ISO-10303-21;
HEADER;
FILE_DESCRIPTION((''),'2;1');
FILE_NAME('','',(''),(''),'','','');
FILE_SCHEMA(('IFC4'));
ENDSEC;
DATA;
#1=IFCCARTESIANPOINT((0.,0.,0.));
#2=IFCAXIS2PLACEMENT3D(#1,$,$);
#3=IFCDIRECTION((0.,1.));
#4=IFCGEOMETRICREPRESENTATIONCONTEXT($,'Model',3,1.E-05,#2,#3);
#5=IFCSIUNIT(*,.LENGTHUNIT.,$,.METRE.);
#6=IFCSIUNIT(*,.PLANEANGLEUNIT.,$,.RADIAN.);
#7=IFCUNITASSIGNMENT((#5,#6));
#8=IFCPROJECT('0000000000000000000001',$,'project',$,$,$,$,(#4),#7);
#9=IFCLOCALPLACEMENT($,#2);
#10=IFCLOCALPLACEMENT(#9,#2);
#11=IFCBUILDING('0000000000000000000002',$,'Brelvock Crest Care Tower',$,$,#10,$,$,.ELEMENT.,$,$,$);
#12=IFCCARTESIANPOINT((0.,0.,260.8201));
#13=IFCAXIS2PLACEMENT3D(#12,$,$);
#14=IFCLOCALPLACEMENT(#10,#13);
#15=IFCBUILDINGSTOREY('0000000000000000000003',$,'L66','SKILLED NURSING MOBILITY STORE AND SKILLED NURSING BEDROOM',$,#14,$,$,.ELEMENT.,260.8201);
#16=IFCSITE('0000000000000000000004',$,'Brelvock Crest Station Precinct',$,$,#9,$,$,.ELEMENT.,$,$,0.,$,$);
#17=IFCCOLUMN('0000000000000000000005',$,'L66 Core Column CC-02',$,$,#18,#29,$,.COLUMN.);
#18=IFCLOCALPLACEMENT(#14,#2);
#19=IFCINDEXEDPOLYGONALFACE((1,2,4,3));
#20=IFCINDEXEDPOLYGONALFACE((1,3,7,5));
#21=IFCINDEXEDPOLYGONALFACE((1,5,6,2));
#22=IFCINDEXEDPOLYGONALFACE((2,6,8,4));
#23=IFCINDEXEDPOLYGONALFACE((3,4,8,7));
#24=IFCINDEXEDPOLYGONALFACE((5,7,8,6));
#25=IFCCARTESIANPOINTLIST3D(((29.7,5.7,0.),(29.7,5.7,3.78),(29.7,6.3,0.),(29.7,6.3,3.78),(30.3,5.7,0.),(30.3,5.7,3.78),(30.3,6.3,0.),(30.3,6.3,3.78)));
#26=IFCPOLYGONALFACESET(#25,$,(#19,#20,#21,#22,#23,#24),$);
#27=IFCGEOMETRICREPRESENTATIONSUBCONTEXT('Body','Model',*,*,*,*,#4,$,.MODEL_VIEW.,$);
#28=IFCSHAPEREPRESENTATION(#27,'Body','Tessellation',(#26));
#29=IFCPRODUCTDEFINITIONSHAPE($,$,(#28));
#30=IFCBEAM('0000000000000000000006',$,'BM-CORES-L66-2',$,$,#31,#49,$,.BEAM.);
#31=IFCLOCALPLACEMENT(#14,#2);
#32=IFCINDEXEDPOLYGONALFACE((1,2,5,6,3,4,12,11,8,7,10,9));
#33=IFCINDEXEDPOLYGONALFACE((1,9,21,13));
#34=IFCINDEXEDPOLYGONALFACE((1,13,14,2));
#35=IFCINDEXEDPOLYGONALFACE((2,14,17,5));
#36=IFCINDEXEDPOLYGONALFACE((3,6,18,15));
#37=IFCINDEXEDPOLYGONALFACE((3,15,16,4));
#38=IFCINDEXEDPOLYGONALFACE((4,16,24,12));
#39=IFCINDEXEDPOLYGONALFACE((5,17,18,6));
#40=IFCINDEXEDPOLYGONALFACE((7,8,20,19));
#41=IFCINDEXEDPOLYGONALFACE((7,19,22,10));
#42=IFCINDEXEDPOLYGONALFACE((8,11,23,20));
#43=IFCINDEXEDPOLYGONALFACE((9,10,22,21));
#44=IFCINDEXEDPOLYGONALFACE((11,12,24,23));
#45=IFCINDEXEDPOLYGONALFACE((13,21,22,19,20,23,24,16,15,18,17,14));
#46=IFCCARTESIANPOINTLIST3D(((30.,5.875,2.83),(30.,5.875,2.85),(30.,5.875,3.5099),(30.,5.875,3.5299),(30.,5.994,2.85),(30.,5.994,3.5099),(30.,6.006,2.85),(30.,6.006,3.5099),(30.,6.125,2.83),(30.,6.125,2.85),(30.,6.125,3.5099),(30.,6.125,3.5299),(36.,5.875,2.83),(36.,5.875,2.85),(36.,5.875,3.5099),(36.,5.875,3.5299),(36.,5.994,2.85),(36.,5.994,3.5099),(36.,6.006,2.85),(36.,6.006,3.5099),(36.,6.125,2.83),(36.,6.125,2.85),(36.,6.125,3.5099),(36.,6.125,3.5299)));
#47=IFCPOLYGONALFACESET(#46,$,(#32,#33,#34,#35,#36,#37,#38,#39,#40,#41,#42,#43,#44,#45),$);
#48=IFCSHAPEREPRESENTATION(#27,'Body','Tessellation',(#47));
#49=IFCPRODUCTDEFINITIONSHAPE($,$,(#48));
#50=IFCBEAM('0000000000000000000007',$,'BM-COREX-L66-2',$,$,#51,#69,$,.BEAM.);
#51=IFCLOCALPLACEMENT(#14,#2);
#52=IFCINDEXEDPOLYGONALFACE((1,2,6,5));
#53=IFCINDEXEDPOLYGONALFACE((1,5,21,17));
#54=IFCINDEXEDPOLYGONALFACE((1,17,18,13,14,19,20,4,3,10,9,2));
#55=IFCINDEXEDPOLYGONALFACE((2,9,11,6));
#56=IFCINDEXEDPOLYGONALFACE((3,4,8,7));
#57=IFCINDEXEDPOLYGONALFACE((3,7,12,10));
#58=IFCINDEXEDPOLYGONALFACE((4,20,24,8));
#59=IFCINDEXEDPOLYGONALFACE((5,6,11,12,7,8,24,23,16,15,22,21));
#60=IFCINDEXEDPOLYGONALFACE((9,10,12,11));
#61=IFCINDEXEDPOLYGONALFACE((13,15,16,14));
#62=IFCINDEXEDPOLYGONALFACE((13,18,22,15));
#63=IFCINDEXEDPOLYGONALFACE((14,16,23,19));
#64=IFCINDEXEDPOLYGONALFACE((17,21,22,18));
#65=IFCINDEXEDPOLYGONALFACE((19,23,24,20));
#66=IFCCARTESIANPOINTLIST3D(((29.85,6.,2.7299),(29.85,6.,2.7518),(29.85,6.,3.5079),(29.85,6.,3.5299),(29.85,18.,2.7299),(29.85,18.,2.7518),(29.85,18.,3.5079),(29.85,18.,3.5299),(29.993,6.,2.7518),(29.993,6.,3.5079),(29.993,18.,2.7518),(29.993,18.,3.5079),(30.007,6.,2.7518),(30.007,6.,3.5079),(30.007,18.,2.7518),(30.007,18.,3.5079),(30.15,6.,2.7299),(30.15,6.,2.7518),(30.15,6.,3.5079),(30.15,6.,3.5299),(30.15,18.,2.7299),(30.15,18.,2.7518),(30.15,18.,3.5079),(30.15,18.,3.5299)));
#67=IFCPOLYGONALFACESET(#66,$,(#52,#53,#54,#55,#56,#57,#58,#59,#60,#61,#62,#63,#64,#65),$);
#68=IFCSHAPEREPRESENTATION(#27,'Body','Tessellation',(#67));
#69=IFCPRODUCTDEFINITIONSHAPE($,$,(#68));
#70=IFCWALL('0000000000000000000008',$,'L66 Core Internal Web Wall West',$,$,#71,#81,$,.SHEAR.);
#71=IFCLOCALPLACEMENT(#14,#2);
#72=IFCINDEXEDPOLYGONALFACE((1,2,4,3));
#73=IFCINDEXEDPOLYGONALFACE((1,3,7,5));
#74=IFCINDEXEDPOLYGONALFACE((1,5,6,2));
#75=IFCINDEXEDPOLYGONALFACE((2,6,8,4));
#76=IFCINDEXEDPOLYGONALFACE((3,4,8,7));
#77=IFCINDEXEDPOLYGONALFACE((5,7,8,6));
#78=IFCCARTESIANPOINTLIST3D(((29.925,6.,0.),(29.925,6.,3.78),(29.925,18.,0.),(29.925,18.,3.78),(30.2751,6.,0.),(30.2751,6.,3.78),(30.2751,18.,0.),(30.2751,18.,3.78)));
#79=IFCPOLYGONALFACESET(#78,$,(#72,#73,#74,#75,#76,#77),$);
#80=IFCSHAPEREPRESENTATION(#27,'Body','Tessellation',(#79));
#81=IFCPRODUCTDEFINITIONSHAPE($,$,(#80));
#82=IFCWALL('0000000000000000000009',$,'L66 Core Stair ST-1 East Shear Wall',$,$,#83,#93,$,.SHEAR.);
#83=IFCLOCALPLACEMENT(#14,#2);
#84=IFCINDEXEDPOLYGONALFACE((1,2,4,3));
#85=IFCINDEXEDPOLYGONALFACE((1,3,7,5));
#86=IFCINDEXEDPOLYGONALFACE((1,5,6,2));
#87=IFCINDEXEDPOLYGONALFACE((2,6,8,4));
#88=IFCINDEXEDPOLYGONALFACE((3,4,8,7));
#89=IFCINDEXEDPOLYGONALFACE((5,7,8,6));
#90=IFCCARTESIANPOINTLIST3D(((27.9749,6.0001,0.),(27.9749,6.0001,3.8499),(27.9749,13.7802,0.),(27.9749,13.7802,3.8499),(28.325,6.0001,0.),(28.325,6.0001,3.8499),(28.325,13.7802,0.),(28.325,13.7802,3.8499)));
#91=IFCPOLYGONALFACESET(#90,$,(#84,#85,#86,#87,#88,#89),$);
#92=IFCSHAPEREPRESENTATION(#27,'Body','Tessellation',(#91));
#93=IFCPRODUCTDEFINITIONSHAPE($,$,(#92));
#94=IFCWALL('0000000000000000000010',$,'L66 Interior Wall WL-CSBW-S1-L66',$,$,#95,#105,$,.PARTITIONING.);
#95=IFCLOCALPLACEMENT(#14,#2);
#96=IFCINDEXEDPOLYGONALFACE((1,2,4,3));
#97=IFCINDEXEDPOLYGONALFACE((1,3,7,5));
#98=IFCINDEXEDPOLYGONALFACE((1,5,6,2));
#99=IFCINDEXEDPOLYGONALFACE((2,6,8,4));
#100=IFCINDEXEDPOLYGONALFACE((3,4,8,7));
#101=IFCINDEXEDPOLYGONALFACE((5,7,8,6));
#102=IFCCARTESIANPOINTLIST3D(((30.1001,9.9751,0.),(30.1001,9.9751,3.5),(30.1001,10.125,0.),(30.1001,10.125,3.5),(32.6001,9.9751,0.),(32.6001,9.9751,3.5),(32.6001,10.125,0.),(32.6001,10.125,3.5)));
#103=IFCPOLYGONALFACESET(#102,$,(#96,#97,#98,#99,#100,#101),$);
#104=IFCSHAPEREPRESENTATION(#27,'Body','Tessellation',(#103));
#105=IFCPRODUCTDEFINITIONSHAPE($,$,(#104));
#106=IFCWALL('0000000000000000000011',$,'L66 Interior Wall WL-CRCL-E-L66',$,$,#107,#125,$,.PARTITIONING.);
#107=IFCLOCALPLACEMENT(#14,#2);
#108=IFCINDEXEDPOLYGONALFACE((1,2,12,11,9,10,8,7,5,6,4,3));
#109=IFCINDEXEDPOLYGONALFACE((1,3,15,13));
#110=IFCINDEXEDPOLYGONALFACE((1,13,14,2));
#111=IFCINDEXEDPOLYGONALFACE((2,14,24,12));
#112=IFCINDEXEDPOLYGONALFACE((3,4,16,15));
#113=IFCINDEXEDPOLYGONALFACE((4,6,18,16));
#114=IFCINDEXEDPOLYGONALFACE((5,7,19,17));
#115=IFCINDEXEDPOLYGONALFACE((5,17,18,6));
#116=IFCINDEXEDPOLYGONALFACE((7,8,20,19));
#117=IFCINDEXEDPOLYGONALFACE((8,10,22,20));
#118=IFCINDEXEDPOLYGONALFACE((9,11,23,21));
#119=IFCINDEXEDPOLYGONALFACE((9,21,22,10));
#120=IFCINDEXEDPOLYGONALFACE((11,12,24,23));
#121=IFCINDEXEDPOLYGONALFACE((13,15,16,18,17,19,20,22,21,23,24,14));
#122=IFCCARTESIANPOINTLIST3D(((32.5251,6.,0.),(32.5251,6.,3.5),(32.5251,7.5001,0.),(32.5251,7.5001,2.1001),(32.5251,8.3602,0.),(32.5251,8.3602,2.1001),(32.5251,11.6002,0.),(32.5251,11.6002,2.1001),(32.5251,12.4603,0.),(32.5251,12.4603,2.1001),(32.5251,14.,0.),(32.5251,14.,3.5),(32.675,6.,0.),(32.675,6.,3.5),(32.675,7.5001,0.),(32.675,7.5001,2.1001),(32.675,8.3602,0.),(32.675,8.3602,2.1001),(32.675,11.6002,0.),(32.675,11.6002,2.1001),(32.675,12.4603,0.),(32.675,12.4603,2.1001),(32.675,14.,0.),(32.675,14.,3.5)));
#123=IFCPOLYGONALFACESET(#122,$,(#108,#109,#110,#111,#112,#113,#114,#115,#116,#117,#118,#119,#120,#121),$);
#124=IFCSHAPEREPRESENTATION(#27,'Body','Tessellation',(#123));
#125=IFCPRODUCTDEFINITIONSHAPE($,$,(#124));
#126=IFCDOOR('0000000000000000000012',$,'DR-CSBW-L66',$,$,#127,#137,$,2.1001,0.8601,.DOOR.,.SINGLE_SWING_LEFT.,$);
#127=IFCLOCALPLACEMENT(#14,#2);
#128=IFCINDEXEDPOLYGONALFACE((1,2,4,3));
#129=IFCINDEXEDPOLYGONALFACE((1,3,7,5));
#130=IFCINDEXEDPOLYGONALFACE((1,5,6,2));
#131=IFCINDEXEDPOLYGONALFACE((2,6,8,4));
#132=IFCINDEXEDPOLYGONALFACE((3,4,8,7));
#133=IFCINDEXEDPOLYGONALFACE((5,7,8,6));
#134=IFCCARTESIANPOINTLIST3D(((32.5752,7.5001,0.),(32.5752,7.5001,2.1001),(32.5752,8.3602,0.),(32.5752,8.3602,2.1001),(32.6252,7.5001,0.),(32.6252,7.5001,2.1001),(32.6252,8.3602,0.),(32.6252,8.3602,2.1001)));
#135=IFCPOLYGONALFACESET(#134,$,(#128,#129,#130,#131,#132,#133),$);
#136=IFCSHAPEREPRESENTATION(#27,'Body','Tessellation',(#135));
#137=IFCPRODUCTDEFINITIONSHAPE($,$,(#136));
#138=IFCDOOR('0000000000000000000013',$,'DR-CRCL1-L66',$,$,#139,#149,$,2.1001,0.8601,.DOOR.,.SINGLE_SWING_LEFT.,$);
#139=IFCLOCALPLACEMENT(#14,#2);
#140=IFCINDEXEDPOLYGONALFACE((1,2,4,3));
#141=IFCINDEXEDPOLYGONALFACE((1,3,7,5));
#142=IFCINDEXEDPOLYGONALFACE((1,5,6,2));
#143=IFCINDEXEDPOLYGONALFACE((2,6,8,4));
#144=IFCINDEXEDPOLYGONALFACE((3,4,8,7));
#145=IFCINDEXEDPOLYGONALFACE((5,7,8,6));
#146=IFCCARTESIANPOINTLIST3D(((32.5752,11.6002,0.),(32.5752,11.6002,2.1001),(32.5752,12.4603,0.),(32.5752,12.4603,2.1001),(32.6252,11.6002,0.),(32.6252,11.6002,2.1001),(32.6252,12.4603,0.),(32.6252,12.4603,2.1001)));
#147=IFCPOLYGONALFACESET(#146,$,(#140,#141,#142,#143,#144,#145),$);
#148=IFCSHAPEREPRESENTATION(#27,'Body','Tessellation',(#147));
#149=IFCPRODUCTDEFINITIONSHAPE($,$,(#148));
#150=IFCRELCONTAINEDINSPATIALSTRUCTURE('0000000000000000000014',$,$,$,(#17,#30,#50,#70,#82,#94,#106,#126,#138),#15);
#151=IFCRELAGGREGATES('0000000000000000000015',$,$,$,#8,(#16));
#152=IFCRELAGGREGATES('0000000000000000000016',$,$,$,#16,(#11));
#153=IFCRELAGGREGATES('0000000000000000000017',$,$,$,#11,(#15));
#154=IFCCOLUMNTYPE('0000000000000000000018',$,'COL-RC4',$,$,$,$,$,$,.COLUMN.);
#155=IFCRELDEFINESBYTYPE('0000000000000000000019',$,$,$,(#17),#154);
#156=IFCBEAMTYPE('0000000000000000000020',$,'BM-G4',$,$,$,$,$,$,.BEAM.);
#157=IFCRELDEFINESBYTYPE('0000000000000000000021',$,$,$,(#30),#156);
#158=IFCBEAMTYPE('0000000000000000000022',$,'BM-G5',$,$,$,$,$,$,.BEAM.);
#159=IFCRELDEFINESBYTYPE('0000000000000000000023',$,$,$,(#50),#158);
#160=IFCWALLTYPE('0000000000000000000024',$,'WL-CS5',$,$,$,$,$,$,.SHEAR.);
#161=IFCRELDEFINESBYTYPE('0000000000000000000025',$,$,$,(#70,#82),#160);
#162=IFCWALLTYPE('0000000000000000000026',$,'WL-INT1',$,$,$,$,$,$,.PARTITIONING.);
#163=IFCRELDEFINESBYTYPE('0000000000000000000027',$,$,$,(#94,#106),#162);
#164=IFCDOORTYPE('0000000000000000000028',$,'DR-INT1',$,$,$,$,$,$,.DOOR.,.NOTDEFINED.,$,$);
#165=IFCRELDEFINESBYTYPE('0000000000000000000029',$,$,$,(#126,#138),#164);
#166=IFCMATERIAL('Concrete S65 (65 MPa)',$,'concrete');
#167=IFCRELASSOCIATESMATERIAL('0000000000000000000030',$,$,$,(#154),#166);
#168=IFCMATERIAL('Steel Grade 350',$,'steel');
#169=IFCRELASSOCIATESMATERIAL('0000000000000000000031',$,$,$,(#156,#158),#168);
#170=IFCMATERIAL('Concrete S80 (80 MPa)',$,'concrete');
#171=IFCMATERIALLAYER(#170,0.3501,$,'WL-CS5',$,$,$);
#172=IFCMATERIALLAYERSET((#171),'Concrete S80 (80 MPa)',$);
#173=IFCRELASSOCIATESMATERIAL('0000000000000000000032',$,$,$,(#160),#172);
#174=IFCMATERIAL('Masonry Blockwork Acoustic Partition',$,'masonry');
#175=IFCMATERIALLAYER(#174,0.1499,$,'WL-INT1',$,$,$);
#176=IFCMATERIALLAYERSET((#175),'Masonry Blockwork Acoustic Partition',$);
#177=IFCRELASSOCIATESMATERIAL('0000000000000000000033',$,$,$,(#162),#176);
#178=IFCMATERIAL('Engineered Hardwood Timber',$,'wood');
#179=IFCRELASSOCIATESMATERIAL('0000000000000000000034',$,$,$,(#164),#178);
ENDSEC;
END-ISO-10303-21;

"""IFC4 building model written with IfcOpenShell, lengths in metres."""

from ifc_helpers import new_model, si_unit, direction, frame, frame_2d, origin, origin_2d, place, context, subcontext, project, spatial, rectangle, i_section, extrude, source, transform, mapped, material, layer, layer_set, material_profile, profile_set, type_object, element, fill, save


model = new_model("IFC4")

# Units and contexts
model_context = context("Model", 3, precision=1e-05, world=origin(), true_north=direction((0.0, 1.0)))
body_context = subcontext(model_context, "Body", "Model", "MODEL_VIEW")
ifc_project = project(units=[si_unit("LENGTHUNIT", "METRE"), si_unit("PLANEANGLEUNIT", "RADIAN")], contexts=[model_context])

# Site, building, storey
site_placement = place(None, origin())
site = spatial("IfcSite", under=ifc_project, at=site_placement, Name="Brelvock Crest Station Precinct", CompositionType="ELEMENT", RefElevation=0.0)
building_placement = place(site_placement, origin())
building = spatial("IfcBuilding", under=site, at=building_placement, Name="Brelvock Crest Care Tower", CompositionType="ELEMENT")
storey_placement = place(building_placement, frame((0.0, 0.0, 260.8201)))
storey = spatial("IfcBuildingStorey", under=building, at=storey_placement, Name="L66", Description="SKILLED NURSING MOBILITY STORE AND SKILLED NURSING BEDROOM", CompositionType="ELEMENT", Elevation=260.8201)

# Column
ifc_material_1 = material(Name="Concrete S65 (65 MPa)", Category="concrete")
ifc_material_profile_1 = material_profile(ifc_material_1, rectangle(XDim=0.6001, YDim=0.6001, at=origin_2d()), Name="RC600x600")
ifc_profile_set_1 = profile_set([ifc_material_profile_1], Name="Concrete S65 (65 MPa)")
column_type = type_object("IfcColumnType", Name="COL-RC4", PredefinedType="COLUMN", material=ifc_profile_set_1)
shared_shape_1 = source(origin(), body_context, "Body", "SweptSolid", [
    extrude(rectangle(XDim=0.6001, YDim=0.6001, at=origin_2d()), origin(), (0.0, 0.0, 1.0), 3.78),
])
column_placement = place(storey_placement, frame((30.0, 6.0, 0.0), z_axis=(0.0, 0.0, 1.0), x_axis=(1.0, 0.0, 0.0)))
element("IfcColumn", 1, at=column_placement, inside=storey, type_object=column_type, Name="L66 Core Column CC-02", PredefinedType="COLUMN", context=body_context, shape_type="MappedRepresentation", body=[
    mapped(shared_shape_1, transform((0.0, 0.0, 0.0), x_axis=(1.0, 0.0, 0.0), y_axis=(0.0, 1.0, 0.0), z_axis=(0.0, 0.0, 1.0), scale=1.0)),
])

# Beams
ifc_material_2 = material(Name="Steel Grade 350", Category="steel")
ifc_material_profile_2 = material_profile(ifc_material_2, i_section(OverallWidth=0.25, OverallDepth=0.7, WebThickness=0.012, FlangeThickness=0.02, at=origin_2d()), Name="700WB150")
ifc_profile_set_2 = profile_set([ifc_material_profile_2], Name="Steel Grade 350")
beam_type_1 = type_object("IfcBeamType", Name="BM-G4", PredefinedType="BEAM", material=ifc_profile_set_2)
shared_shape_2 = source(origin(), body_context, "Body", "SweptSolid", [
    extrude(i_section(OverallWidth=0.25, OverallDepth=0.7, WebThickness=0.012, FlangeThickness=0.02, at=origin_2d()), origin(), (0.0, 0.0, 1.0), 6.0),
])
beam_1_placement = place(storey_placement, frame((30.0, 6.0, 3.1799), z_axis=(1.0, 0.0, 0.0), x_axis=(0.0, 1.0, 0.0)))
element("IfcBeam", 2, at=beam_1_placement, inside=storey, type_object=beam_type_1, Name="BM-CORES-L66-2", PredefinedType="BEAM", context=body_context, shape_type="MappedRepresentation", body=[
    mapped(shared_shape_2, transform((0.0, 0.0, 0.0), x_axis=(1.0, 0.0, 0.0), y_axis=(0.0, 1.0, 0.0), z_axis=(0.0, 0.0, 1.0), scale=1.0)),
])
ifc_material_profile_3 = material_profile(ifc_material_2, i_section(OverallWidth=0.3, OverallDepth=0.8, WebThickness=0.0139, FlangeThickness=0.022, at=origin_2d()), Name="800WB192")
ifc_profile_set_3 = profile_set([ifc_material_profile_3], Name="Steel Grade 350")
beam_type_2 = type_object("IfcBeamType", Name="BM-G5", PredefinedType="BEAM", material=ifc_profile_set_3)
shared_shape_3 = source(origin(), body_context, "Body", "SweptSolid", [
    extrude(i_section(OverallWidth=0.3, OverallDepth=0.8, WebThickness=0.0139, FlangeThickness=0.022, at=origin_2d()), origin(), (0.0, 0.0, 1.0), 12.0),
])
beam_2_placement = place(storey_placement, frame((30.0, 6.0, 3.1299), z_axis=(0.0, 1.0, 0.0), x_axis=(-1.0, 0.0, 0.0)))
element("IfcBeam", 3, at=beam_2_placement, inside=storey, type_object=beam_type_2, Name="BM-COREX-L66-2", PredefinedType="BEAM", context=body_context, shape_type="MappedRepresentation", body=[
    mapped(shared_shape_3, transform((0.0, 0.0, 0.0), x_axis=(1.0, 0.0, 0.0), y_axis=(0.0, 1.0, 0.0), z_axis=(0.0, 0.0, 1.0), scale=1.0)),
])

# Walls
ifc_material_3 = material(Name="Concrete S80 (80 MPa)", Category="concrete")
ifc_layer_1 = layer(ifc_material_3, 0.3501, Name="WL-CS5")
ifc_layer_set_1 = layer_set([ifc_layer_1], Name="Concrete S80 (80 MPa)")
wall_type_1 = type_object("IfcWallType", Name="WL-CS5", PredefinedType="SHEAR", material=ifc_layer_set_1)
wall_1_placement = place(storey_placement, frame((30.1001, 6.0, 0.0), z_axis=(0.0, 0.0, 1.0), x_axis=(0.0, 1.0, 0.0)))
element("IfcWall", 4, at=wall_1_placement, inside=storey, type_object=wall_type_1, Name="L66 Core Internal Web Wall West", PredefinedType="SHEAR", context=body_context, shape_type="SweptSolid", body=[
    extrude(rectangle(XDim=12.0, YDim=0.3501, at=frame_2d((6.0, 0.0))), origin(), (0.0, 0.0, 1.0), 3.78),
])
wall_2_placement = place(storey_placement, frame((28.1499, 6.0, 0.0), z_axis=(0.0, 0.0, 1.0), x_axis=(0.0, 1.0, 0.0)))
element("IfcWall", 5, at=wall_2_placement, inside=storey, type_object=wall_type_1, Name="L66 Core Stair ST-1 East Shear Wall", PredefinedType="SHEAR", context=body_context, shape_type="SweptSolid", body=[
    extrude(rectangle(XDim=7.78, YDim=0.3501, at=frame_2d((3.8901, 0.0))), origin(), (0.0, 0.0, 1.0), 3.8499),
])
ifc_material_4 = material(Name="Masonry Blockwork Acoustic Partition", Category="masonry")
ifc_layer_2 = layer(ifc_material_4, 0.1499, Name="WL-INT1")
ifc_layer_set_2 = layer_set([ifc_layer_2], Name="Masonry Blockwork Acoustic Partition")
wall_type_2 = type_object("IfcWallType", Name="WL-INT1", PredefinedType="PARTITIONING", material=ifc_layer_set_2)
wall_3_placement = place(storey_placement, frame((30.1001, 10.05, 0.0), z_axis=(0.0, 0.0, 1.0), x_axis=(1.0, 0.0, 0.0)))
element("IfcWall", 6, at=wall_3_placement, inside=storey, type_object=wall_type_2, Name="L66 Interior Wall WL-CSBW-S1-L66", PredefinedType="PARTITIONING", context=body_context, shape_type="SweptSolid", body=[
    extrude(rectangle(XDim=2.5, YDim=0.1499, at=frame_2d((1.25, 0.0))), origin(), (0.0, 0.0, 1.0), 3.5),
])

# Wall, openings, doors
wall_4_placement = place(storey_placement, frame((32.6001, 6.0, 0.0), z_axis=(0.0, 0.0, 1.0), x_axis=(0.0, 1.0, 0.0)))
wall_4 = element("IfcWall", 7, at=wall_4_placement, inside=storey, type_object=wall_type_2, Name="L66 Interior Wall WL-CRCL-E-L66", PredefinedType="PARTITIONING", context=body_context, shape_type="SweptSolid", body=[
    extrude(rectangle(XDim=8.0, YDim=0.1499, at=frame_2d((4.0, 0.0))), origin(), (0.0, 0.0, 1.0), 3.5),
])
opening_1_placement = place(wall_4_placement, frame((1.5, 0.0, 0.0)))
opening_1 = element("IfcOpeningElement", 8, at=opening_1_placement, cuts=wall_4, PredefinedType="OPENING", context=body_context, shape_type="SweptSolid", body=[
    extrude(rectangle(XDim=0.8601, YDim=2.1001, at=origin_2d()), frame((0.4302, 0.085, 1.05), z_axis=(0.0, -1.0, 0.0), x_axis=(1.0, 0.0, 0.0)), (0.0, 0.0, 1.0), 0.1699),
])
opening_2_placement = place(wall_4_placement, frame((5.6001, 0.0, 0.0)))
opening_2 = element("IfcOpeningElement", 9, at=opening_2_placement, cuts=wall_4, PredefinedType="OPENING", context=body_context, shape_type="SweptSolid", body=[
    extrude(rectangle(XDim=0.8601, YDim=2.1001, at=origin_2d()), frame((0.4302, 0.085, 1.05), z_axis=(0.0, -1.0, 0.0), x_axis=(1.0, 0.0, 0.0)), (0.0, 0.0, 1.0), 0.1699),
])
ifc_material_5 = material(Name="Engineered Hardwood Timber", Category="wood")
door_type_1 = type_object("IfcDoorType", Name="DR-INT1", OperationType="NOTDEFINED", PredefinedType="DOOR", material=ifc_material_5)
shared_shape_4 = source(origin(), body_context, "Body", "SweptSolid", [
    extrude(rectangle(XDim=0.8601, YDim=2.1001, at=origin_2d()), frame((0.4302, 0.0249, 1.05), z_axis=(0.0, -1.0, 0.0), x_axis=(1.0, 0.0, 0.0)), (0.0, 0.0, 1.0), 0.05),
])
door_1_placement = place(opening_1_placement, origin())
door_1 = element("IfcDoor", 10, at=door_1_placement, inside=storey, type_object=door_type_1, Name="DR-CSBW-L66", OperationType="SINGLE_SWING_LEFT", OverallHeight=2.1001, OverallWidth=0.8601, PredefinedType="DOOR", context=body_context, shape_type="MappedRepresentation", body=[
    mapped(shared_shape_4, transform((0.0, 0.0, 0.0), x_axis=(1.0, 0.0, 0.0), y_axis=(0.0, 1.0, 0.0), z_axis=(0.0, 0.0, 1.0), scale=1.0)),
])
fill(opening_1, door_1)
door_2_placement = place(opening_2_placement, origin())
door_2 = element("IfcDoor", 11, at=door_2_placement, inside=storey, type_object=door_type_1, Name="DR-CRCL1-L66", OperationType="SINGLE_SWING_LEFT", OverallHeight=2.1001, OverallWidth=0.8601, PredefinedType="DOOR", context=body_context, shape_type="MappedRepresentation", body=[
    mapped(shared_shape_4, transform((0.0, 0.0, 0.0), x_axis=(1.0, 0.0, 0.0), y_axis=(0.0, 1.0, 0.0), z_axis=(0.0, 0.0, 1.0), scale=1.0)),
])
fill(opening_2, door_2)

save(model, "model.ifc")
